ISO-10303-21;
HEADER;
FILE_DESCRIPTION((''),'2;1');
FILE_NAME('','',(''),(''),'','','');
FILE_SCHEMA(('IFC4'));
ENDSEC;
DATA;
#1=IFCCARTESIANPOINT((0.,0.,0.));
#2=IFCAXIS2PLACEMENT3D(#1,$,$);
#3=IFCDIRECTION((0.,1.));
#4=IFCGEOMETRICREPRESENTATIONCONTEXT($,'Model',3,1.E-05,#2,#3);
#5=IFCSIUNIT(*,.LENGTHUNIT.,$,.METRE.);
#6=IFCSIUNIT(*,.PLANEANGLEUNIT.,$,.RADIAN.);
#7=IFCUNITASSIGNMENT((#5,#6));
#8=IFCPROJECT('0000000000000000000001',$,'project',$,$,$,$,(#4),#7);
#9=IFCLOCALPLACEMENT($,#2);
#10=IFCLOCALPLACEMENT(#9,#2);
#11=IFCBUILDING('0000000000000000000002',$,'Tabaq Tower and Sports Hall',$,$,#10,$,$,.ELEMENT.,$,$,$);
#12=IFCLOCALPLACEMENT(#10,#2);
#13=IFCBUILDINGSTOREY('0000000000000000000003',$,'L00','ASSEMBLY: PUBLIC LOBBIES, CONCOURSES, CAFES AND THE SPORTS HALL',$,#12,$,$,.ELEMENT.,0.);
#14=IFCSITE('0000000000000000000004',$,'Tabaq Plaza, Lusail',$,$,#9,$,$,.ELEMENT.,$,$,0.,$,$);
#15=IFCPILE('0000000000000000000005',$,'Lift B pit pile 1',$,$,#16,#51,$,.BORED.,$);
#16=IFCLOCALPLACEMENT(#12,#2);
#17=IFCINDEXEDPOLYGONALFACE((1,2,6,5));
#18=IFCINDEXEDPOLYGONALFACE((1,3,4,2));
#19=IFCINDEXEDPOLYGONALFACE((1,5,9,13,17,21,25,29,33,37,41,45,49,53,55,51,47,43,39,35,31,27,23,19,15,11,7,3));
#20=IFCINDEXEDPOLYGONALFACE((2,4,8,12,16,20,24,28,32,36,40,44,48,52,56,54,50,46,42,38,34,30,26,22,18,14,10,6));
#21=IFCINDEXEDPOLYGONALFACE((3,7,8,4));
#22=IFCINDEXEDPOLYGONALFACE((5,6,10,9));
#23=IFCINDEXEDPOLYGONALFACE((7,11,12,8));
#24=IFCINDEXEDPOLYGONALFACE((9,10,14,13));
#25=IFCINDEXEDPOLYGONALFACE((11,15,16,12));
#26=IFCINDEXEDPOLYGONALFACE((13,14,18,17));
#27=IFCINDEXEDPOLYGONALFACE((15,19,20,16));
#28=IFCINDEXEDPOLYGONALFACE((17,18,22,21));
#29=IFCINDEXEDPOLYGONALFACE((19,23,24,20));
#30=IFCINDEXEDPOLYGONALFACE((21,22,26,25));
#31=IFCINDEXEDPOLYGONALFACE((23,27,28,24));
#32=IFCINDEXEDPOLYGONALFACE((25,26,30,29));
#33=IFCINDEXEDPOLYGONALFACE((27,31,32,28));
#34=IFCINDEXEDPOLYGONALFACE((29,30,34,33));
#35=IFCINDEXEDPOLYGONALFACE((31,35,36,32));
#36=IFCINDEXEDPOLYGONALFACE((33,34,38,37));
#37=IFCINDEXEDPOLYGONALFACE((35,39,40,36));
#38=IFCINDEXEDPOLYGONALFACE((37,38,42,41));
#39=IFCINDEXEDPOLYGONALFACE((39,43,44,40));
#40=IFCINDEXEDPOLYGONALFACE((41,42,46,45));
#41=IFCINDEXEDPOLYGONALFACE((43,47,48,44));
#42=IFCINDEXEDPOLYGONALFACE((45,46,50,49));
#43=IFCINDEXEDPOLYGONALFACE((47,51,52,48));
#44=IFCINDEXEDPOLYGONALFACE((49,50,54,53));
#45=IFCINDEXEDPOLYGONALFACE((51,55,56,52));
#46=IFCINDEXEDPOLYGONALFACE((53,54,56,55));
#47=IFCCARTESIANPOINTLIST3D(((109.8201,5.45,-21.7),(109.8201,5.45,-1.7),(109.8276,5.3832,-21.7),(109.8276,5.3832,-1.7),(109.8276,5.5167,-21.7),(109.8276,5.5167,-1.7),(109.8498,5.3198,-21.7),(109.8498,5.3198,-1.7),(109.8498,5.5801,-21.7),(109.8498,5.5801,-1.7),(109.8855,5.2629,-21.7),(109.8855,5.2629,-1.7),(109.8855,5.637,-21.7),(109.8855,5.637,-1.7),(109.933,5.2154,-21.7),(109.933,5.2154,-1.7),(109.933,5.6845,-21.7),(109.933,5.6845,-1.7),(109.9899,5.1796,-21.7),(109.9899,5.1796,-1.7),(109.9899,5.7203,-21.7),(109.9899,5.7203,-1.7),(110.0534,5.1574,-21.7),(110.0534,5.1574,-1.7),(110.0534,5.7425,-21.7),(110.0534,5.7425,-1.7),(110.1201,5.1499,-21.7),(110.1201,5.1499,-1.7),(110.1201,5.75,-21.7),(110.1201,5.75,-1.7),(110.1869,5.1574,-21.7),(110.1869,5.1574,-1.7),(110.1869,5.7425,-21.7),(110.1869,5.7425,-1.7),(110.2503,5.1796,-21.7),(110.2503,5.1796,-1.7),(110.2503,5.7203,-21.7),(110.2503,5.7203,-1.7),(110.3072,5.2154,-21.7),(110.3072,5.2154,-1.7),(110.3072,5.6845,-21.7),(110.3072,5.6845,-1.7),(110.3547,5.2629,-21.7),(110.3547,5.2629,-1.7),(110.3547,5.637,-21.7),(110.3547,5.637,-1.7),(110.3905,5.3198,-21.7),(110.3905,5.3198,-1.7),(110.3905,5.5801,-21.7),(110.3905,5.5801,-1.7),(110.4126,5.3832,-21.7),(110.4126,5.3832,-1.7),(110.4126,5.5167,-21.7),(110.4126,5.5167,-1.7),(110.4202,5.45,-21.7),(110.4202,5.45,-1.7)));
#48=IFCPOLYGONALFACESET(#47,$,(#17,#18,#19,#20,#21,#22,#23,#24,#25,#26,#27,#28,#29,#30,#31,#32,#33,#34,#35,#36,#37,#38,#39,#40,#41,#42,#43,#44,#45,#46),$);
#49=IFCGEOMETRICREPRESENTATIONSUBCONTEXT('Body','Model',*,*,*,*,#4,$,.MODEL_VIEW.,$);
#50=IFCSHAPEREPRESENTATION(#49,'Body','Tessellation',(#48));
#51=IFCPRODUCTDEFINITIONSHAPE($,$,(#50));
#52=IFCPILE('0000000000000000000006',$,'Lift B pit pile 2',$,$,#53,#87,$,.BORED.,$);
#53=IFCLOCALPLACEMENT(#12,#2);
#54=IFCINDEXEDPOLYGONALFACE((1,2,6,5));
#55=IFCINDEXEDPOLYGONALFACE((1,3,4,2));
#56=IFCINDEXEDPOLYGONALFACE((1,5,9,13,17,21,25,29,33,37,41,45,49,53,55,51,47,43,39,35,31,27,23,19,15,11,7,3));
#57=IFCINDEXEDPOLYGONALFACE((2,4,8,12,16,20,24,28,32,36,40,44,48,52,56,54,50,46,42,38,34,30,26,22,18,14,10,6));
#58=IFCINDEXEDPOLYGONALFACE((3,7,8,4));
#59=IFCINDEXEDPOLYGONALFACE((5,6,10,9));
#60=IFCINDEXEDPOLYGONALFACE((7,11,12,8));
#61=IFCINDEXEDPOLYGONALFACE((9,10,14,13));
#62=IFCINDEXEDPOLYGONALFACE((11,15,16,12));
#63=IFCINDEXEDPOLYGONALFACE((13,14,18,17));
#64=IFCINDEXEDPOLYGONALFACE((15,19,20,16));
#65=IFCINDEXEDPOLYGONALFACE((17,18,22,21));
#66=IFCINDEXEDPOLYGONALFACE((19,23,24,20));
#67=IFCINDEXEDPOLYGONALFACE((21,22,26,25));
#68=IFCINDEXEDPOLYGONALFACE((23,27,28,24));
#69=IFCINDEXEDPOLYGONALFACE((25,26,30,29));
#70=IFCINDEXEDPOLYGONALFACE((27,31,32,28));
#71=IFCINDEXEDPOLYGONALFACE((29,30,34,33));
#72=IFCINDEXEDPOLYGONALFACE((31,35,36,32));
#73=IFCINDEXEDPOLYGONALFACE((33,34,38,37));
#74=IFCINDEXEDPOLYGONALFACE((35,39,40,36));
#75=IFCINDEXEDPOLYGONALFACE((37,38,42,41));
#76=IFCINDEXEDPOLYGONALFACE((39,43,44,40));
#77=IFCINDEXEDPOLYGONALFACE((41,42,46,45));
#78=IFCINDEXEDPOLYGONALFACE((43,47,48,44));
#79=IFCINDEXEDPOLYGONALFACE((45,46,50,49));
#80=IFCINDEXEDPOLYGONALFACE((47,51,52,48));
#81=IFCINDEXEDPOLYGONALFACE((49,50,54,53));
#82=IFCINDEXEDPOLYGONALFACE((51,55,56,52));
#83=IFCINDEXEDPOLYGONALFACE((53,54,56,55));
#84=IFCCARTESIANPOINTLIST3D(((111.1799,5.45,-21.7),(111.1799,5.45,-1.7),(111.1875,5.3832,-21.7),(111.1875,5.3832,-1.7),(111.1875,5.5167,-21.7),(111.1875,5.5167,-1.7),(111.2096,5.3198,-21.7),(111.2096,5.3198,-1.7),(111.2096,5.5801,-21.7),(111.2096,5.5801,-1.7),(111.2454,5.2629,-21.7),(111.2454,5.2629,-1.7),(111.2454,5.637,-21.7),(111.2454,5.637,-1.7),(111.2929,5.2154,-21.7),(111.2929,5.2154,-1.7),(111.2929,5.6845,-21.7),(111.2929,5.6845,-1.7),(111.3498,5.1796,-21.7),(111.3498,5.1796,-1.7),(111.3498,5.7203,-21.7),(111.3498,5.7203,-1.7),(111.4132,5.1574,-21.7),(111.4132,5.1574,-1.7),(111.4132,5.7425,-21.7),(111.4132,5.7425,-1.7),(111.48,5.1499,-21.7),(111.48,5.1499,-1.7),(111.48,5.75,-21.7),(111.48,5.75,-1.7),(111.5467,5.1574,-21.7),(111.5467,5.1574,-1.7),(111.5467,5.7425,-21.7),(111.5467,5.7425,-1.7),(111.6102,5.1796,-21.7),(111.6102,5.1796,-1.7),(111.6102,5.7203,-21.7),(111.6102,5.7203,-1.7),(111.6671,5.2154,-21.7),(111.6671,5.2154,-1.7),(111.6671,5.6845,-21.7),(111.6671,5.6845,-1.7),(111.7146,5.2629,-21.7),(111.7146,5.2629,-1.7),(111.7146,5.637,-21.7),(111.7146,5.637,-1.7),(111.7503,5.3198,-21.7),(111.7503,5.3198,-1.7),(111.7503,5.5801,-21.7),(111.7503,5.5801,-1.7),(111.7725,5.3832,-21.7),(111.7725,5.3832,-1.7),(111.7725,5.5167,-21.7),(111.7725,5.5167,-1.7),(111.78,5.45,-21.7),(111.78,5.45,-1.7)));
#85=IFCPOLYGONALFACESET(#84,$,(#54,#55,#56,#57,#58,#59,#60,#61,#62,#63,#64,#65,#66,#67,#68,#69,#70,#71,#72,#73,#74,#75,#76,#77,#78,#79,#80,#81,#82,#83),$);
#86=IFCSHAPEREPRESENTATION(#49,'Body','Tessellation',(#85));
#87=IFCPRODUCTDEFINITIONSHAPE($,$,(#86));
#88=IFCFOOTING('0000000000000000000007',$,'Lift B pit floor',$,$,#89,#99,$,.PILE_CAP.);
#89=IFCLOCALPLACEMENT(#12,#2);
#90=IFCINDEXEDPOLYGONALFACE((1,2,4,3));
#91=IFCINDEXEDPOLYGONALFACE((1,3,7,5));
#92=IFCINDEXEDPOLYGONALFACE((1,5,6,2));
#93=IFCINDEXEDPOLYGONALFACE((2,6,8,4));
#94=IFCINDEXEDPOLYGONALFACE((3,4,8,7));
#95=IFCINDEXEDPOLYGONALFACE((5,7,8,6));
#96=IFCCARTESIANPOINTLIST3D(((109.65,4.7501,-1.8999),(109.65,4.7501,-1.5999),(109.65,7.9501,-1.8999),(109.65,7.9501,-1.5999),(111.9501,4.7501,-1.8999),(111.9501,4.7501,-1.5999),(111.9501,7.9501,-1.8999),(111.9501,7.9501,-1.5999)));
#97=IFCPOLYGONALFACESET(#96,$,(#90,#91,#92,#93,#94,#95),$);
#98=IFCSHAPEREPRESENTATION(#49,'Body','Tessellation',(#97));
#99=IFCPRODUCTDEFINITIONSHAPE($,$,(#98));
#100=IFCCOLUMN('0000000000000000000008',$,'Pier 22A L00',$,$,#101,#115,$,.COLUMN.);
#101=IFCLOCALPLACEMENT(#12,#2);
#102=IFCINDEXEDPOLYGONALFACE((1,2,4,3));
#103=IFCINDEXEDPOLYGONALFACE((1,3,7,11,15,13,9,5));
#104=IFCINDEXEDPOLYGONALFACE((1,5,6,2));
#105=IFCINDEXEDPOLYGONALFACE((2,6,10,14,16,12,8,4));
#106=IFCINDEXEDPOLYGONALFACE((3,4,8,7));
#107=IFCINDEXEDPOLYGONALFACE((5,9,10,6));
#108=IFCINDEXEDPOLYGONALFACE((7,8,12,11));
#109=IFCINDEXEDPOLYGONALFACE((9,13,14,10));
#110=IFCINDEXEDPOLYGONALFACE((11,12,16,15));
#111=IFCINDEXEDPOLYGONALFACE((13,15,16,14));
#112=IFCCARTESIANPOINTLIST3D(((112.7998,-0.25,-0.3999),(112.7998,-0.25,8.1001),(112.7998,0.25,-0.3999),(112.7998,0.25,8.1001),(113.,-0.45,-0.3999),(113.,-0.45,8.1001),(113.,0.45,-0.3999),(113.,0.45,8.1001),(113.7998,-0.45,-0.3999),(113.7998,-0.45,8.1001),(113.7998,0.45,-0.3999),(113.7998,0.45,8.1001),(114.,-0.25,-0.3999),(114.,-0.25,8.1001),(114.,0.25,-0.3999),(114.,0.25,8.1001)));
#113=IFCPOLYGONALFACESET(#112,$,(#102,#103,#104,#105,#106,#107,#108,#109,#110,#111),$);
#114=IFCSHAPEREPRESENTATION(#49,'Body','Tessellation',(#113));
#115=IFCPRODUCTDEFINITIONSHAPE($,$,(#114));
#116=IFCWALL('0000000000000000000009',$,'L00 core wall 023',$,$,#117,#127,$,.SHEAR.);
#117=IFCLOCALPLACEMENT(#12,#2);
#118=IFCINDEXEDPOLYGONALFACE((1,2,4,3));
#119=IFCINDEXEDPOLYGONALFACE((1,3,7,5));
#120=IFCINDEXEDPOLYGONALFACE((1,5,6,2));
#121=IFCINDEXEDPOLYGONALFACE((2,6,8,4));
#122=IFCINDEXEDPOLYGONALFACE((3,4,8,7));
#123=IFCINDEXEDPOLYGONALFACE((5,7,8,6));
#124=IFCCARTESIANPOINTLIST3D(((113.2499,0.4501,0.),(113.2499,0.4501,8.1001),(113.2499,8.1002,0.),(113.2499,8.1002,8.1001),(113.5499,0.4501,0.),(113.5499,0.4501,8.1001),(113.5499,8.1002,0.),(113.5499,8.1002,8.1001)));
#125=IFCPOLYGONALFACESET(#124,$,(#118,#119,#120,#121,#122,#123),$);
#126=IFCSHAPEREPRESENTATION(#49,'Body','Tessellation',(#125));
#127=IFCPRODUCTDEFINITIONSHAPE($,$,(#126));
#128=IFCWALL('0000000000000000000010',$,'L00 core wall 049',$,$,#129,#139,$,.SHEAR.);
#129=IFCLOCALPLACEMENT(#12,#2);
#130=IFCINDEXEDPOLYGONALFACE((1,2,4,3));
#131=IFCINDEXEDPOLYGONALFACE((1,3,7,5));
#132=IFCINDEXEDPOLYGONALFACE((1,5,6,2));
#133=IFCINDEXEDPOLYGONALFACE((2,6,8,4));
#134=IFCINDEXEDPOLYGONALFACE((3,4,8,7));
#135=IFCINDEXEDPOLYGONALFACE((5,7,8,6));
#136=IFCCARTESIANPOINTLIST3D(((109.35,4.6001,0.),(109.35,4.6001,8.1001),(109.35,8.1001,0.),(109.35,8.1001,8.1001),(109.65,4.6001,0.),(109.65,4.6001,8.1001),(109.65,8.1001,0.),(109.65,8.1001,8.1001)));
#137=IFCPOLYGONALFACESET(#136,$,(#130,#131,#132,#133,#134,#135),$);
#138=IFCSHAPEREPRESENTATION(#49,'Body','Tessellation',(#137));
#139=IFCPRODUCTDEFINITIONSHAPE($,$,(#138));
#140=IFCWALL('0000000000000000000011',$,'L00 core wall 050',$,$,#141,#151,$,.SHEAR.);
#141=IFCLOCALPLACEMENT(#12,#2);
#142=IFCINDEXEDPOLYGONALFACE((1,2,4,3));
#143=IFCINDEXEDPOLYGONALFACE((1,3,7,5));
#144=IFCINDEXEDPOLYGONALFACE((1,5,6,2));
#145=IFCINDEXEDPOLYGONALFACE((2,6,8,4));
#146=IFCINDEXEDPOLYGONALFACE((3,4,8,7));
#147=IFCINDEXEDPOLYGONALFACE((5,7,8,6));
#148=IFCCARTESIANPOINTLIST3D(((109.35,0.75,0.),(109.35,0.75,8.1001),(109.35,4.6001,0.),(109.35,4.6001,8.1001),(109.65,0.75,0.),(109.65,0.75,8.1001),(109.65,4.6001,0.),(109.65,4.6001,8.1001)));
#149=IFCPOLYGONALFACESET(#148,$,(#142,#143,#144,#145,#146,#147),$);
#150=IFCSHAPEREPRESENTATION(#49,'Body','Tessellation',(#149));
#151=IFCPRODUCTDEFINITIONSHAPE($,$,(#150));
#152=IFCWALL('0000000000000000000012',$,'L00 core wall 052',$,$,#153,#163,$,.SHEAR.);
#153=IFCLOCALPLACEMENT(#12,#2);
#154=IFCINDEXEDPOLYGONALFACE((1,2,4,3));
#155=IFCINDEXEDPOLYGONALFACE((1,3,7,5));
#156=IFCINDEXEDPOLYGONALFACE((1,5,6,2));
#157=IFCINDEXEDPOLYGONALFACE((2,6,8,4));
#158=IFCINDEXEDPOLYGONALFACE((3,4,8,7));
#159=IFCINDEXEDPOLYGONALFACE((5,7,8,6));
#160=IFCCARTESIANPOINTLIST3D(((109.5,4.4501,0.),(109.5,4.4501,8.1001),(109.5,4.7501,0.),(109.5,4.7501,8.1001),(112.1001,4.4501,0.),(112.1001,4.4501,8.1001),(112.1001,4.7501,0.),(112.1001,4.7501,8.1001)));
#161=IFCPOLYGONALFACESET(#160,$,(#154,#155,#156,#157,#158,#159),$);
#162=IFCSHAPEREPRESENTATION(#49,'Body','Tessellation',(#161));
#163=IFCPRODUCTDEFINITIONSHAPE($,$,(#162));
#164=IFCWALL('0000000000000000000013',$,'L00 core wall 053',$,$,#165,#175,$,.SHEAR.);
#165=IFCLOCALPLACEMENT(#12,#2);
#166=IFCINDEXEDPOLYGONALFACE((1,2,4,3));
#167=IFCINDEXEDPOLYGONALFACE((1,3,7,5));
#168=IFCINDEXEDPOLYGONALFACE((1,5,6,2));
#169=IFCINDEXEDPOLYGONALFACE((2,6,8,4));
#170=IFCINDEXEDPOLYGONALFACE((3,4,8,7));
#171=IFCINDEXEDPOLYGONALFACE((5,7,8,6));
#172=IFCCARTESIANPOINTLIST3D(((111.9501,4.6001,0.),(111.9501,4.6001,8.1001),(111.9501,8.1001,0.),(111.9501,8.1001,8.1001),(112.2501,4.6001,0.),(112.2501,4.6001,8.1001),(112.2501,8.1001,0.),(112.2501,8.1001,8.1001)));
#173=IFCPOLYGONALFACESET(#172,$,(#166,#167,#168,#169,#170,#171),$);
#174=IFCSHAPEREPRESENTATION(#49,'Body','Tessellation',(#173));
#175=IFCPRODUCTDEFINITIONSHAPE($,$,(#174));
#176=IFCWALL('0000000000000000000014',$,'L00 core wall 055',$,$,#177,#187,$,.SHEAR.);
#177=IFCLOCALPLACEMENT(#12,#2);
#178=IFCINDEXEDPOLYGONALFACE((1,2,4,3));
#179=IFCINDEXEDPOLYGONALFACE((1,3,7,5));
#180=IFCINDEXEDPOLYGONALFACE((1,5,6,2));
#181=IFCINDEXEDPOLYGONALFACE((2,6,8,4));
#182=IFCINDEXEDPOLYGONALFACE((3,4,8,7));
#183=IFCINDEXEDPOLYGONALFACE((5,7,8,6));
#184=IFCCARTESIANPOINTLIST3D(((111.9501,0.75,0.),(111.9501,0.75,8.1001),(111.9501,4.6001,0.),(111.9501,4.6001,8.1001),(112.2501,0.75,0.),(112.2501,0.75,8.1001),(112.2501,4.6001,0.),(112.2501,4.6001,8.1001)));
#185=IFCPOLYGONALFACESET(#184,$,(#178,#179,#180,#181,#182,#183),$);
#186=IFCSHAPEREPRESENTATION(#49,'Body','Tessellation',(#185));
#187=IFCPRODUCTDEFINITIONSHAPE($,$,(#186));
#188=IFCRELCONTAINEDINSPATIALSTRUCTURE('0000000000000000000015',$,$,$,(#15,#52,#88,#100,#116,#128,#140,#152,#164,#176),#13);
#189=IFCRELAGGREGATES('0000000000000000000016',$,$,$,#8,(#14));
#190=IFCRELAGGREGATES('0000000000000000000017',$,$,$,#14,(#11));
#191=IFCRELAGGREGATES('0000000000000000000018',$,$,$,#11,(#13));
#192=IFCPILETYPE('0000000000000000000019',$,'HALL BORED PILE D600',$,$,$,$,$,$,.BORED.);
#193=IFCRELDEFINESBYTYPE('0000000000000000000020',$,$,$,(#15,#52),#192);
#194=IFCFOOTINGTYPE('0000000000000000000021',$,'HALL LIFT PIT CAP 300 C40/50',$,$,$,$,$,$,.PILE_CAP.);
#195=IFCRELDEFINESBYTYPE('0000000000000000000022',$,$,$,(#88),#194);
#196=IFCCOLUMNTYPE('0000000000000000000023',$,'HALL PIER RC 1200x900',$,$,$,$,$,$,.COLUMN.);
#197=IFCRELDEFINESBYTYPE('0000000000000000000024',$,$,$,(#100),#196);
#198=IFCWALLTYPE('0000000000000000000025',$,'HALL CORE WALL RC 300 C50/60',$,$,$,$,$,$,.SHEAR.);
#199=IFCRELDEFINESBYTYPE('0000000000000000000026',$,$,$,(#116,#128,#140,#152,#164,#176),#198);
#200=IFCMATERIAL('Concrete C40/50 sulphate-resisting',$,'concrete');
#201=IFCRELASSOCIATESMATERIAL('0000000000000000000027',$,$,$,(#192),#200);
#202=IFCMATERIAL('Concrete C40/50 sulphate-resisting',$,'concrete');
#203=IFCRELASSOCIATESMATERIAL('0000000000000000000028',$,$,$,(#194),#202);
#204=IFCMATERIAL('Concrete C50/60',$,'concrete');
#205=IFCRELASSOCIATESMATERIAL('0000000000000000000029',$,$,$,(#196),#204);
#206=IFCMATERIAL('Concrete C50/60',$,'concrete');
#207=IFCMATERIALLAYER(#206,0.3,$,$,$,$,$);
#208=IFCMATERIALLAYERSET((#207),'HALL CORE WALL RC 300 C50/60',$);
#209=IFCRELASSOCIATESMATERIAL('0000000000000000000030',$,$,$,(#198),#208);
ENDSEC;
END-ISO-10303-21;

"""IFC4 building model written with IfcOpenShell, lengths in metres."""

from ifc_helpers import new_model, si_unit, direction, frame, frame_2d, origin, origin_2d, place, context, subcontext, project, spatial, polyline, rectangle, circle, outline, extrude, material, layer, layer_set, material_profile, profile_set, type_object, element, save


model = new_model("IFC4")

# Units and contexts
model_context = context("Model", 3, precision=1e-05, world=origin(), true_north=direction((0.0, 1.0)))
body_context = subcontext(model_context, "Body", "Model", "MODEL_VIEW")
ifc_project = project(units=[si_unit("LENGTHUNIT", "METRE"), si_unit("PLANEANGLEUNIT", "RADIAN")], contexts=[model_context])

# Site, building, storey
site_placement = place(None, origin())
site = spatial("IfcSite", under=ifc_project, at=site_placement, Name="Tabaq Plaza, Lusail", CompositionType="ELEMENT", RefElevation=0.0)
building_placement = place(site_placement, origin())
building = spatial("IfcBuilding", under=site, at=building_placement, Name="Tabaq Tower and Sports Hall", CompositionType="ELEMENT")
storey_placement = place(building_placement, origin())
storey = spatial("IfcBuildingStorey", under=building, at=storey_placement, Name="L00", Description="ASSEMBLY: PUBLIC LOBBIES, CONCOURSES, CAFES AND THE SPORTS HALL", CompositionType="ELEMENT", Elevation=0.0)

# Piles
ifc_material_1 = material(Name="Concrete C40/50 sulphate-resisting", Category="concrete")
ifc_material_profile_1 = material_profile(ifc_material_1, circle(Radius=0.3, at=origin_2d()), Name="D600")
ifc_profile_set_1 = profile_set([ifc_material_profile_1], Name="Concrete C40/50 sulphate-resisting")
pile_type = type_object("IfcPileType", Name="HALL BORED PILE D600", PredefinedType="BORED", material=ifc_profile_set_1)
for number, where, z_axis, x_axis, name in (
    (1, (110.1201, 5.45, -1.7), (0.0, 0.0, -1.0), (1.0, 0.0, 0.0), "Lift B pit pile 1"),
    (2, (111.48, 5.45, -1.7), (0.0, 0.0, -1.0), (1.0, 0.0, 0.0), "Lift B pit pile 2"),
):
    element("IfcPile", number, at=place(storey_placement, frame(where, z_axis=z_axis, x_axis=x_axis)), inside=storey, type_object=pile_type, Name=name, PredefinedType="BORED", context=body_context, shape_type="SweptSolid", body=[
        extrude(circle(Radius=0.3, at=origin_2d()), origin(), (0.0, 0.0, 1.0), 20.0),
    ])

# Footing
ifc_material_2 = material(Name="Concrete C40/50 sulphate-resisting", Category="concrete")
footing_type = type_object("IfcFootingType", Name="HALL LIFT PIT CAP 300 C40/50", PredefinedType="PILE_CAP", material=ifc_material_2)
footing_placement = place(storey_placement, frame((110.8, 6.3501, -1.8999), z_axis=(0.0, 0.0, 1.0), x_axis=(1.0, 0.0, 0.0)))
element("IfcFooting", 3, at=footing_placement, inside=storey, type_object=footing_type, Name="Lift B pit floor", PredefinedType="PILE_CAP", context=body_context, shape_type="SweptSolid", body=[
    extrude(rectangle(XDim=2.3, YDim=3.2, at=origin_2d()), origin(), (0.0, 0.0, 1.0), 0.3),
])

# Column
ifc_material_3 = material(Name="Concrete C50/60", Category="concrete")
ifc_material_profile_2 = material_profile(ifc_material_3, outline(polyline([(-0.3999, -0.45), (0.3999, -0.45), (0.6001, -0.25), (0.6001, 0.25), (0.3999, 0.45), (-0.3999, 0.45), (-0.6001, 0.25), (-0.6001, -0.25), (-0.3999, -0.45)])), Name="PIER 1200x900")
ifc_profile_set_2 = profile_set([ifc_material_profile_2], Name="Concrete C50/60")
column_type = type_object("IfcColumnType", Name="HALL PIER RC 1200x900", PredefinedType="COLUMN", material=ifc_profile_set_2)
column_placement = place(storey_placement, frame((113.3999, 0.0, -0.3999), z_axis=(0.0, 0.0, 1.0), x_axis=(1.0, 0.0, 0.0)))
element("IfcColumn", 4, at=column_placement, inside=storey, type_object=column_type, Name="Pier 22A L00", PredefinedType="COLUMN", context=body_context, shape_type="SweptSolid", body=[
    extrude(outline(polyline([(-0.3999, -0.45), (0.3999, -0.45), (0.6001, -0.25), (0.6001, 0.25), (0.3999, 0.45), (-0.3999, 0.45), (-0.6001, 0.25), (-0.6001, -0.25), (-0.3999, -0.45)])), origin(), (0.0, 0.0, 1.0), 8.5),
])

# Walls
ifc_material_4 = material(Name="Concrete C50/60", Category="concrete")
ifc_layer_1 = layer(ifc_material_4, 0.3)
ifc_layer_set_1 = layer_set([ifc_layer_1], Name="HALL CORE WALL RC 300 C50/60")
wall_type_1 = type_object("IfcWallType", Name="HALL CORE WALL RC 300 C50/60", PredefinedType="SHEAR", material=ifc_layer_set_1)
wall_1_placement = place(storey_placement, frame((113.3999, 0.45, 0.0), z_axis=(0.0, 0.0, 1.0), x_axis=(0.0, 1.0, 0.0)))
element("IfcWall", 5, at=wall_1_placement, inside=storey, type_object=wall_type_1, Name="L00 core wall 023", PredefinedType="SHEAR", context=body_context, shape_type="SweptSolid", body=[
    extrude(rectangle(XDim=7.6501, YDim=0.3, at=frame_2d((3.8252, 0.0))), origin(), (0.0, 0.0, 1.0), 8.1001),
])
wall_2_placement = place(storey_placement, frame((109.5, 4.6001, 0.0), z_axis=(0.0, 0.0, 1.0), x_axis=(0.0, 1.0, 0.0)))
element("IfcWall", 6, at=wall_2_placement, inside=storey, type_object=wall_type_1, Name="L00 core wall 049", PredefinedType="SHEAR", context=body_context, shape_type="SweptSolid", body=[
    extrude(rectangle(XDim=3.5, YDim=0.3, at=frame_2d((1.75, 0.0))), origin(), (0.0, 0.0, 1.0), 8.1001),
])
wall_3_placement = place(storey_placement, frame((109.5, 0.75, 0.0), z_axis=(0.0, 0.0, 1.0), x_axis=(0.0, 1.0, 0.0)))
element("IfcWall", 7, at=wall_3_placement, inside=storey, type_object=wall_type_1, Name="L00 core wall 050", PredefinedType="SHEAR", context=body_context, shape_type="SweptSolid", body=[
    extrude(rectangle(XDim=3.8501, YDim=0.3, at=frame_2d((1.925, 0.0))), origin(), (0.0, 0.0, 1.0), 8.1001),
])
wall_4_placement = place(storey_placement, frame((109.5, 4.6001, 0.0), z_axis=(0.0, 0.0, 1.0), x_axis=(1.0, 0.0, 0.0)))
element("IfcWall", 8, at=wall_4_placement, inside=storey, type_object=wall_type_1, Name="L00 core wall 052", PredefinedType="SHEAR", context=body_context, shape_type="SweptSolid", body=[
    extrude(rectangle(XDim=2.6001, YDim=0.3, at=frame_2d((1.3, 0.0))), origin(), (0.0, 0.0, 1.0), 8.1001),
])
wall_5_placement = place(storey_placement, frame((112.1001, 4.6001, 0.0), z_axis=(0.0, 0.0, 1.0), x_axis=(0.0, 1.0, 0.0)))
element("IfcWall", 9, at=wall_5_placement, inside=storey, type_object=wall_type_1, Name="L00 core wall 053", PredefinedType="SHEAR", context=body_context, shape_type="SweptSolid", body=[
    extrude(rectangle(XDim=3.5, YDim=0.3, at=frame_2d((1.75, 0.0))), origin(), (0.0, 0.0, 1.0), 8.1001),
])
wall_6_placement = place(storey_placement, frame((112.1001, 0.75, 0.0), z_axis=(0.0, 0.0, 1.0), x_axis=(0.0, 1.0, 0.0)))
element("IfcWall", 10, at=wall_6_placement, inside=storey, type_object=wall_type_1, Name="L00 core wall 055", PredefinedType="SHEAR", context=body_context, shape_type="SweptSolid", body=[
    extrude(rectangle(XDim=3.8501, YDim=0.3, at=frame_2d((1.925, 0.0))), origin(), (0.0, 0.0, 1.0), 8.1001),
])

save(model, "model.ifc")
